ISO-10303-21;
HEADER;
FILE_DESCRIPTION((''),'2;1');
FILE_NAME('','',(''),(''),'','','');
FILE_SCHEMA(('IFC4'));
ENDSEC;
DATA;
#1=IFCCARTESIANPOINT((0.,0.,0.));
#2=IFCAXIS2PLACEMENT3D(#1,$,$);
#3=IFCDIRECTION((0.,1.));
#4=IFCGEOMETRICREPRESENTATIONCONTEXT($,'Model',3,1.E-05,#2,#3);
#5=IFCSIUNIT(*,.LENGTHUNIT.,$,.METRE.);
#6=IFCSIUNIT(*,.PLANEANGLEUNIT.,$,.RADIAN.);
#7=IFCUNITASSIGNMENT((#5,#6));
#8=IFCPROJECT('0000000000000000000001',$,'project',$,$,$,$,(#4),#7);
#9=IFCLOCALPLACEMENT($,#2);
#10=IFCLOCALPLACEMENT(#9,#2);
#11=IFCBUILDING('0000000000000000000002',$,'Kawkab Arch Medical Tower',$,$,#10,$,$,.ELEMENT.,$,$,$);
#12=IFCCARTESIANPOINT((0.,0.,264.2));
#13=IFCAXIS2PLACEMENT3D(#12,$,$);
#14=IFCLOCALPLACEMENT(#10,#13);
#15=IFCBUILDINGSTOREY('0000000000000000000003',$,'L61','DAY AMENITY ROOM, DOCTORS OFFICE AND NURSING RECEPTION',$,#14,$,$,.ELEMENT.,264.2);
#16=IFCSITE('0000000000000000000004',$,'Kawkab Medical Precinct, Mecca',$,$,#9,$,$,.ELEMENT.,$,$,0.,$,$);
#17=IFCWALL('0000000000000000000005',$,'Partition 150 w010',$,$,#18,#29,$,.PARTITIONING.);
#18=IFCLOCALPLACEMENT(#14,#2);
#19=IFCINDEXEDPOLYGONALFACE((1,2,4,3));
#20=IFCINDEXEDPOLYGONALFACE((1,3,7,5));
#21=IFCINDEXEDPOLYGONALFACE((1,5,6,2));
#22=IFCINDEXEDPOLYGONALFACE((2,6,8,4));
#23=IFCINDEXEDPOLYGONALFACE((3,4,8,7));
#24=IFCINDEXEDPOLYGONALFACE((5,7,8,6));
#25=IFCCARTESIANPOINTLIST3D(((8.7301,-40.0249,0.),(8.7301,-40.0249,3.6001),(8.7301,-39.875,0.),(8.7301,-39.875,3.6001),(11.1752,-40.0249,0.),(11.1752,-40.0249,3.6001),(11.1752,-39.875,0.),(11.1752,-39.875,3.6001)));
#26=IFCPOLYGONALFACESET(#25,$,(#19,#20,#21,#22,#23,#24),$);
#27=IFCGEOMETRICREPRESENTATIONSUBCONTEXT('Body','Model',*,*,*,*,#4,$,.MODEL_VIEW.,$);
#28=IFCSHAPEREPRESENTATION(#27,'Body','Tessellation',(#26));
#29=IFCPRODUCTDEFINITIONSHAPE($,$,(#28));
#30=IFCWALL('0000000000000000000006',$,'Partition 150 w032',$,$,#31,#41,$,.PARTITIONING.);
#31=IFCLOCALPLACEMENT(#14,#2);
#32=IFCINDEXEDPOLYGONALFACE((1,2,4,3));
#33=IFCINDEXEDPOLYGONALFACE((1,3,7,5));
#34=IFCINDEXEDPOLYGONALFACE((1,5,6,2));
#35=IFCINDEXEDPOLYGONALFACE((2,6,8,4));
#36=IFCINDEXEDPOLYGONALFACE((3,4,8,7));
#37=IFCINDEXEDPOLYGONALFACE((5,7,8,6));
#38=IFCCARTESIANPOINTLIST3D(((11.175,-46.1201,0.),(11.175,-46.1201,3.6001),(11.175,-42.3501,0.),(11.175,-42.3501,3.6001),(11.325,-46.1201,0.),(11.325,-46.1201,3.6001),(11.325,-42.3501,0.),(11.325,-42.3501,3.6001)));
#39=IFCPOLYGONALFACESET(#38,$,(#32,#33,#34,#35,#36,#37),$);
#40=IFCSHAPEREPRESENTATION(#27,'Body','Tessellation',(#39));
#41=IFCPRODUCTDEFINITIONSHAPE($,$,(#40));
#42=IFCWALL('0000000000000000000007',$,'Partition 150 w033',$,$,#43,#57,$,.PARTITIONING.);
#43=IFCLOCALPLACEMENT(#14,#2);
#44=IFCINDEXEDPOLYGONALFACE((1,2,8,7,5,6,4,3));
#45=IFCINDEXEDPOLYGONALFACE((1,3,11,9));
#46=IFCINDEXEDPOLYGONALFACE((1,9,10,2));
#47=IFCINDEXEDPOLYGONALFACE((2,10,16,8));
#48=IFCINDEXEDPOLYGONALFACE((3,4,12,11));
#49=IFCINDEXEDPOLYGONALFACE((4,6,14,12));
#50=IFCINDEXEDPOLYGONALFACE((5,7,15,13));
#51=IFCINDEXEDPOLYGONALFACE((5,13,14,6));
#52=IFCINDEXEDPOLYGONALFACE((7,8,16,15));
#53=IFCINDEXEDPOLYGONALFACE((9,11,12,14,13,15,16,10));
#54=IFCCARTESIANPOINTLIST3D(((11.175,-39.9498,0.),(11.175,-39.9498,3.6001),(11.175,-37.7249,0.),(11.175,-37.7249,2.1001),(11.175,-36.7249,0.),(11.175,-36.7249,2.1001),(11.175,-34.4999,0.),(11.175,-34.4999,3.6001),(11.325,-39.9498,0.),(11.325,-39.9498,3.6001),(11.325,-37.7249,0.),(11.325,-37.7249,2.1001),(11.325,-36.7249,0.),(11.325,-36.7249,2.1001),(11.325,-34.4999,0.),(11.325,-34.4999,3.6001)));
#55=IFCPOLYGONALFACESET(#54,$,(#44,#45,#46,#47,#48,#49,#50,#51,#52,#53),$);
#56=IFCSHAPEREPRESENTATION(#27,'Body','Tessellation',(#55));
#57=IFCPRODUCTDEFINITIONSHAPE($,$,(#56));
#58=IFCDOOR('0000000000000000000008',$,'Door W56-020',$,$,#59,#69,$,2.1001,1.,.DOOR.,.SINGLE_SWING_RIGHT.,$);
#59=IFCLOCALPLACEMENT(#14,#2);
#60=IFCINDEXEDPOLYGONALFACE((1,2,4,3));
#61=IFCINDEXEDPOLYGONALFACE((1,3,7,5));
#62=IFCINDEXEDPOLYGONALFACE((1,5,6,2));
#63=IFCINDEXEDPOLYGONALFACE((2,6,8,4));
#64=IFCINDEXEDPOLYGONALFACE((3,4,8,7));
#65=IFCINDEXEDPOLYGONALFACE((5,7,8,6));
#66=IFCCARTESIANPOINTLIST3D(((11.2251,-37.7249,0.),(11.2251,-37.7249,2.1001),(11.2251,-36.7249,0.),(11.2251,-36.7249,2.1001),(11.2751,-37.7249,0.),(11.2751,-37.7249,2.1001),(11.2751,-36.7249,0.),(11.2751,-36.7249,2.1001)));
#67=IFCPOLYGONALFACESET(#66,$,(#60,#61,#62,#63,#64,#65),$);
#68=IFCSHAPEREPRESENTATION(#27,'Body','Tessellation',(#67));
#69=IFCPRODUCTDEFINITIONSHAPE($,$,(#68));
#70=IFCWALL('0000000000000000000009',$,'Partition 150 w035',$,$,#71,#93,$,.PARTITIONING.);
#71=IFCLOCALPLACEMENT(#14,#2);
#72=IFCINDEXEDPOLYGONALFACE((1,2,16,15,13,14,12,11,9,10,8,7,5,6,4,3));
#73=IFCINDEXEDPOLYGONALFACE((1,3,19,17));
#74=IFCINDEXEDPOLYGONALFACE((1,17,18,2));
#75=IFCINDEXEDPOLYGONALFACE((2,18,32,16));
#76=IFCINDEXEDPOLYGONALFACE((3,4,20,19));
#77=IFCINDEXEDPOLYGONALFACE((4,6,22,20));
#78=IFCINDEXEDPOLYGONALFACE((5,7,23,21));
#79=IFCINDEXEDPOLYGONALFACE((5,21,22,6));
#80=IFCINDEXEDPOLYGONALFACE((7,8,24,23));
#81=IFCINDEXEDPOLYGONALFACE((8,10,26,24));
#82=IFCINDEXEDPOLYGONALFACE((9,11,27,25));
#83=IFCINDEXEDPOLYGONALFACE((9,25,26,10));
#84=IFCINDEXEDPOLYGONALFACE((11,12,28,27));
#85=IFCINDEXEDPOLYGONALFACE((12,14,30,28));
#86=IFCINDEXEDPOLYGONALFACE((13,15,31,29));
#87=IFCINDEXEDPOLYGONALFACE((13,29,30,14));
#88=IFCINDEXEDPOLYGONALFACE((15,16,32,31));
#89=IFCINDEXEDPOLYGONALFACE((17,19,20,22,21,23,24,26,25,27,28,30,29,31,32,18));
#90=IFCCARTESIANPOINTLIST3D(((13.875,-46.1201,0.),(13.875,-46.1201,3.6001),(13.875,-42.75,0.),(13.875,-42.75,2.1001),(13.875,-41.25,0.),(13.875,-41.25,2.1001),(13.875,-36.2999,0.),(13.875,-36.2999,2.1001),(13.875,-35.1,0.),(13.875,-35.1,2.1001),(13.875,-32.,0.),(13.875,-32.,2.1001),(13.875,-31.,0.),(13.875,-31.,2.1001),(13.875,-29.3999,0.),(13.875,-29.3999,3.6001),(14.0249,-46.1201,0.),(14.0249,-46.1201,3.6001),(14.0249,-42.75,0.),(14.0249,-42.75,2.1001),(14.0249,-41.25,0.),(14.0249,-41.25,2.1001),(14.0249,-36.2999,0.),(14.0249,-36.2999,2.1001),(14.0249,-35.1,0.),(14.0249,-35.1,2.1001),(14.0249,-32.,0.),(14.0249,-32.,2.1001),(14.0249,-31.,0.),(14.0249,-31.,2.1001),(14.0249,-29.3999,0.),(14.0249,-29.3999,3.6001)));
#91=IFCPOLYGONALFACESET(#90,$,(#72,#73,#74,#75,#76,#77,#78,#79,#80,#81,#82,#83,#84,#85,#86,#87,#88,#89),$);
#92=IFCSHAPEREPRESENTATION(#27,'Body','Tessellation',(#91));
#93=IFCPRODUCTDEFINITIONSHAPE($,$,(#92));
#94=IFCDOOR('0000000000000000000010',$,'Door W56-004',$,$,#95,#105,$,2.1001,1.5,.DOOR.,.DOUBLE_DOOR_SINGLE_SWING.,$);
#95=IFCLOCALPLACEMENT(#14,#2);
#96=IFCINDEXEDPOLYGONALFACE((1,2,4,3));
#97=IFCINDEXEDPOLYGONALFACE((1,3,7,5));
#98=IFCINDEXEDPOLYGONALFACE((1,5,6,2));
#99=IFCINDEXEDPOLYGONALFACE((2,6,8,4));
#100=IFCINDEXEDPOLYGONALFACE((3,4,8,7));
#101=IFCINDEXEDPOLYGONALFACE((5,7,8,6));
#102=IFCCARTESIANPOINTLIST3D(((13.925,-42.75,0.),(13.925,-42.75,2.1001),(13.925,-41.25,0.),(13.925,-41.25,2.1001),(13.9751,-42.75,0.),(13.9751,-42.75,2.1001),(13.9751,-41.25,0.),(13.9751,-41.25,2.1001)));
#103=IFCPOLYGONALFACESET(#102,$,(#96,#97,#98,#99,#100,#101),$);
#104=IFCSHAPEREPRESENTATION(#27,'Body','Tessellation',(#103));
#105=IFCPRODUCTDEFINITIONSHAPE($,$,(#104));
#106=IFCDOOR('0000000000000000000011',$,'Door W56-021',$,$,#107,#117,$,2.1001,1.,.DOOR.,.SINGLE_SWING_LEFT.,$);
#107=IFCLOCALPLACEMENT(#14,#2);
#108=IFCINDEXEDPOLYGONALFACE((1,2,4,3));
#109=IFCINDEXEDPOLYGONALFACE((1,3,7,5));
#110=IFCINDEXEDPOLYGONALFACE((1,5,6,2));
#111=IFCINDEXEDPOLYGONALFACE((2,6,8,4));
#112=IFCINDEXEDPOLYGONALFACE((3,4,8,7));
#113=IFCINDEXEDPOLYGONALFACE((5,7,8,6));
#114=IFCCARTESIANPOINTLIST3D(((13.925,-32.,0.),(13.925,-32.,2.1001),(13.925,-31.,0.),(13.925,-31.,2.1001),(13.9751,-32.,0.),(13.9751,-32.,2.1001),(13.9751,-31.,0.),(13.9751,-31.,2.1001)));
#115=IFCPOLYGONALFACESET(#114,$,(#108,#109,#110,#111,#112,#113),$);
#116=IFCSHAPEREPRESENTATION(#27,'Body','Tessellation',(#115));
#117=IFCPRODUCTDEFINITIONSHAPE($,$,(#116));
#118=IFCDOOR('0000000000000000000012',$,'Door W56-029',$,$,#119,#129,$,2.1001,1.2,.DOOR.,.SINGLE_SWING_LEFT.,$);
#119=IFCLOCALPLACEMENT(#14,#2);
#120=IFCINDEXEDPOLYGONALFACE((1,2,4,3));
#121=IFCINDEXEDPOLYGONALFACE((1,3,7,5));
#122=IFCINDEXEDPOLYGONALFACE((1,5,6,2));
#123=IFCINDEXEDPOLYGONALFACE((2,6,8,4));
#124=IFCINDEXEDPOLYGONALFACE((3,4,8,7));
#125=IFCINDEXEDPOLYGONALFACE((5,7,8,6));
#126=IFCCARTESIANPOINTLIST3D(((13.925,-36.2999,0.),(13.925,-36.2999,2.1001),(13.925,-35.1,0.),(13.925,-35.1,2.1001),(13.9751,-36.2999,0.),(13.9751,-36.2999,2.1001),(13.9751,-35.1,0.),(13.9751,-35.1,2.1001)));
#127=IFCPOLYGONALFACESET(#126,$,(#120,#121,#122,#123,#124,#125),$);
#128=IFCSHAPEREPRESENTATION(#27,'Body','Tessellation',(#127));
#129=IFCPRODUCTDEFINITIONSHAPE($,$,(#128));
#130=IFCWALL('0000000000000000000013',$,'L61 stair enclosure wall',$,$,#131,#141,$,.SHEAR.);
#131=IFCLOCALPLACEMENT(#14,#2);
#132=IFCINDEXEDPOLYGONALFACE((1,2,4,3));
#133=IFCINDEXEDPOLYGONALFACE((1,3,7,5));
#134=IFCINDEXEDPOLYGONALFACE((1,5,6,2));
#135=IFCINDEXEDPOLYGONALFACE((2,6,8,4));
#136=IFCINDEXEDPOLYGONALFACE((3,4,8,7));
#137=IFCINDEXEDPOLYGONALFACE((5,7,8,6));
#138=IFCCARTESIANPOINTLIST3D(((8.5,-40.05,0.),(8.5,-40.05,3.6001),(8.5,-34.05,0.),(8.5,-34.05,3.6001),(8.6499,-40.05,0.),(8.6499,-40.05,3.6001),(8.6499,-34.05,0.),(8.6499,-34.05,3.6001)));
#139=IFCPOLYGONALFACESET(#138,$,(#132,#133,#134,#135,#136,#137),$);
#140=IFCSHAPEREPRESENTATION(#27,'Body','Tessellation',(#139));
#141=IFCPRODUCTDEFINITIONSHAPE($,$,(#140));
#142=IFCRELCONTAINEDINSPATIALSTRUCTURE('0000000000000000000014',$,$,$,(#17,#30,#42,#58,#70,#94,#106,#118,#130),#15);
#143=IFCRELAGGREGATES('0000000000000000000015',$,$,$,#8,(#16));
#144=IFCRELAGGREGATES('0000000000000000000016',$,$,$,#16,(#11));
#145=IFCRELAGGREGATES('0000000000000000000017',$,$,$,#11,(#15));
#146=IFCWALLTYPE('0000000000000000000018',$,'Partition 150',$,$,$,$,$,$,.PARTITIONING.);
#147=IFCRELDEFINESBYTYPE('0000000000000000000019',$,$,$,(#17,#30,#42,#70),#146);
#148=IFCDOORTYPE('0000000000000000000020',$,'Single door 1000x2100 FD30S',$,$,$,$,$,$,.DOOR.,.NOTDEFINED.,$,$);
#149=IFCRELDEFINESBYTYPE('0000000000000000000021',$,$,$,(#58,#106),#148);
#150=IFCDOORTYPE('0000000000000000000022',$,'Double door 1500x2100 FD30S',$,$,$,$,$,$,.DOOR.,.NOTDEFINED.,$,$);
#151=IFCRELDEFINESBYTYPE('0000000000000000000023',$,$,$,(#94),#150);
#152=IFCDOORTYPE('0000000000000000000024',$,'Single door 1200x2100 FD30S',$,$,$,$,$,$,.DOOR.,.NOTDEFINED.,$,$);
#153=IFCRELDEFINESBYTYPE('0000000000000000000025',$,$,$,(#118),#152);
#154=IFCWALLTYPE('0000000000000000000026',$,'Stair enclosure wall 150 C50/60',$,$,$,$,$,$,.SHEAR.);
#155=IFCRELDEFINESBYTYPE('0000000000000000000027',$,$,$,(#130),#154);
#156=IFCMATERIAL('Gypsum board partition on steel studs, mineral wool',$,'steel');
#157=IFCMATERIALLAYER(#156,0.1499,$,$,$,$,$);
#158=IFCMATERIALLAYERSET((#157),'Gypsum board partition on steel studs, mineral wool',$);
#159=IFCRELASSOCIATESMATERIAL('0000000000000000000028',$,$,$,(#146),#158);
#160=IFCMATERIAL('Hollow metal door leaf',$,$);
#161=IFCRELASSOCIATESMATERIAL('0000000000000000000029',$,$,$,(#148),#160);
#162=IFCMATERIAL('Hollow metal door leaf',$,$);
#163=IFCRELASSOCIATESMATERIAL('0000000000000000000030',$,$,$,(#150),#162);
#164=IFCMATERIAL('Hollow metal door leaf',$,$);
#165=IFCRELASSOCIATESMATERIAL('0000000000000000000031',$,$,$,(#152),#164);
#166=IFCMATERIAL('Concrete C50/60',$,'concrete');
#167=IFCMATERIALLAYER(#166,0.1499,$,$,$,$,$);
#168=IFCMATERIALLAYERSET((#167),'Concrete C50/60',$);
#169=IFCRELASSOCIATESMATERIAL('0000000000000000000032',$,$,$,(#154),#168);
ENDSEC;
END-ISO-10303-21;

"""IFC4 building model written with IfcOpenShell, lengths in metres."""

from ifc_helpers import new_model, si_unit, direction, frame, frame_2d, origin, place, context, subcontext, project, spatial, rectangle, extrude, material, layer, layer_set, type_object, element, fill, save


model = new_model("IFC4")

# Units and contexts
model_context = context("Model", 3, precision=1e-05, world=origin(), true_north=direction((0.0, 1.0)))
body_context = subcontext(model_context, "Body", "Model", "MODEL_VIEW")
ifc_project = project(units=[si_unit("LENGTHUNIT", "METRE"), si_unit("PLANEANGLEUNIT", "RADIAN")], contexts=[model_context])

# Site, building, storey
site_placement = place(None, origin())
site = spatial("IfcSite", under=ifc_project, at=site_placement, Name="Kawkab Medical Precinct, Mecca", CompositionType="ELEMENT", RefElevation=0.0)
building_placement = place(site_placement, origin())
building = spatial("IfcBuilding", under=site, at=building_placement, Name="Kawkab Arch Medical Tower", CompositionType="ELEMENT")
storey_placement = place(building_placement, frame((0.0, 0.0, 264.2)))
storey = spatial("IfcBuildingStorey", under=building, at=storey_placement, Name="L61", Description="DAY AMENITY ROOM, DOCTORS OFFICE AND NURSING RECEPTION", CompositionType="ELEMENT", Elevation=264.2)

# Walls
ifc_material_1 = material(Name="Gypsum board partition on steel studs, mineral wool", Category="steel")
ifc_layer_1 = layer(ifc_material_1, 0.1499)
ifc_layer_set_1 = layer_set([ifc_layer_1], Name="Gypsum board partition on steel studs, mineral wool")
wall_type_1 = type_object("IfcWallType", Name="Partition 150", PredefinedType="PARTITIONING", material=ifc_layer_set_1)
wall_1_placement = place(storey_placement, frame((8.73, -39.95, 0.0), z_axis=(0.0, 0.0, 1.0), x_axis=(1.0, 0.0, 0.0)))
element("IfcWall", 1, at=wall_1_placement, inside=storey, type_object=wall_type_1, Name="Partition 150 w010", PredefinedType="PARTITIONING", context=body_context, shape_type="SweptSolid", body=[
    extrude(rectangle(XDim=2.4451, YDim=0.1499, at=frame_2d((1.2227, 0.0))), origin(), (0.0, 0.0, 1.0), 3.6001),
])
wall_2_placement = place(storey_placement, frame((11.25, -46.1201, 0.0), z_axis=(0.0, 0.0, 1.0), x_axis=(0.0, 1.0, 0.0)))
element("IfcWall", 2, at=wall_2_placement, inside=storey, type_object=wall_type_1, Name="Partition 150 w032", PredefinedType="PARTITIONING", context=body_context, shape_type="SweptSolid", body=[
    extrude(rectangle(XDim=3.77, YDim=0.1499, at=frame_2d((1.885, 0.0))), origin(), (0.0, 0.0, 1.0), 3.6001),
])

# Wall, opening, door
wall_3_placement = place(storey_placement, frame((11.25, -39.95, 0.0), z_axis=(0.0, 0.0, 1.0), x_axis=(0.0, 1.0, 0.0)))
wall_3 = element("IfcWall", 3, at=wall_3_placement, inside=storey, type_object=wall_type_1, Name="Partition 150 w033", PredefinedType="PARTITIONING", context=body_context, shape_type="SweptSolid", body=[
    extrude(rectangle(XDim=5.45, YDim=0.1499, at=frame_2d((2.7251, 0.0))), origin(), (0.0, 0.0, 1.0), 3.6001),
])
opening_1_placement = place(wall_3_placement, frame((2.2251, 0.0, 0.0)))
opening_1 = element("IfcOpeningElement", 4, at=opening_1_placement, cuts=wall_3, PredefinedType="OPENING", context=body_context, shape_type="SweptSolid", body=[
    extrude(rectangle(XDim=1.0, YDim=2.1001, at=frame_2d((0.5, 1.05))), frame((0.0, 0.085, 0.0), z_axis=(0.0, -1.0, 0.0), x_axis=(1.0, 0.0, 0.0)), (0.0, 0.0, 1.0), 0.1699),
])
ifc_material_2 = material(Name="Hollow metal door leaf")
door_type_1 = type_object("IfcDoorType", Name="Single door 1000x2100 FD30S", OperationType="NOTDEFINED", PredefinedType="DOOR", material=ifc_material_2)
door_1_placement = place(opening_1_placement, origin())
door_1 = element("IfcDoor", 5, at=door_1_placement, inside=storey, type_object=door_type_1, Name="Door W56-020", OperationType="SINGLE_SWING_RIGHT", OverallHeight=2.1001, OverallWidth=1.0, PredefinedType="DOOR", context=body_context, shape_type="SweptSolid", body=[
    extrude(rectangle(XDim=1.0, YDim=2.1001, at=frame_2d((0.5, 1.05))), frame((0.0, 0.0249, 0.0), z_axis=(0.0, -1.0, 0.0), x_axis=(1.0, 0.0, 0.0)), (0.0, 0.0, 1.0), 0.05),
])
fill(opening_1, door_1)

# Wall, openings, doors
wall_4_placement = place(storey_placement, frame((13.95, -46.1201, 0.0), z_axis=(0.0, 0.0, 1.0), x_axis=(0.0, 1.0, 0.0)))
wall_4 = element("IfcWall", 6, at=wall_4_placement, inside=storey, type_object=wall_type_1, Name="Partition 150 w035", PredefinedType="PARTITIONING", context=body_context, shape_type="SweptSolid", body=[
    extrude(rectangle(XDim=16.7202, YDim=0.1499, at=frame_2d((8.3601, 0.0))), origin(), (0.0, 0.0, 1.0), 3.6001),
])
opening_2_placement = place(wall_4_placement, frame((14.1201, 0.0, 0.0)))
opening_2 = element("IfcOpeningElement", 7, at=opening_2_placement, cuts=wall_4, PredefinedType="OPENING", context=body_context, shape_type="SweptSolid", body=[
    extrude(rectangle(XDim=1.0, YDim=2.1001, at=frame_2d((0.5, 1.05))), frame((0.0, 0.085, 0.0), z_axis=(0.0, -1.0, 0.0), x_axis=(1.0, 0.0, 0.0)), (0.0, 0.0, 1.0), 0.1699),
])
opening_3_placement = place(wall_4_placement, frame((9.8201, 0.0, 0.0)))
opening_3 = element("IfcOpeningElement", 8, at=opening_3_placement, cuts=wall_4, PredefinedType="OPENING", context=body_context, shape_type="SweptSolid", body=[
    extrude(rectangle(XDim=1.2, YDim=2.1001, at=frame_2d((0.6001, 1.05))), frame((0.0, 0.085, 0.0), z_axis=(0.0, -1.0, 0.0), x_axis=(1.0, 0.0, 0.0)), (0.0, 0.0, 1.0), 0.1699),
])
opening_4_placement = place(wall_4_placement, frame((3.3701, 0.0, 0.0)))
opening_4 = element("IfcOpeningElement", 9, at=opening_4_placement, cuts=wall_4, PredefinedType="OPENING", context=body_context, shape_type="SweptSolid", body=[
    extrude(rectangle(XDim=1.5, YDim=2.1001, at=frame_2d((0.75, 1.05))), frame((0.0, 0.085, 0.0), z_axis=(0.0, -1.0, 0.0), x_axis=(1.0, 0.0, 0.0)), (0.0, 0.0, 1.0), 0.1699),
])
ifc_material_3 = material(Name="Hollow metal door leaf")
door_type_2 = type_object("IfcDoorType", Name="Double door 1500x2100 FD30S", OperationType="NOTDEFINED", PredefinedType="DOOR", material=ifc_material_3)
door_2_placement = place(opening_4_placement, origin())
door_2 = element("IfcDoor", 10, at=door_2_placement, inside=storey, type_object=door_type_2, Name="Door W56-004", OperationType="DOUBLE_DOOR_SINGLE_SWING", OverallHeight=2.1001, OverallWidth=1.5, PredefinedType="DOOR", context=body_context, shape_type="SweptSolid", body=[
    extrude(rectangle(XDim=1.5, YDim=2.1001, at=frame_2d((0.75, 1.05))), frame((0.0, 0.0249, 0.0), z_axis=(0.0, -1.0, 0.0), x_axis=(1.0, 0.0, 0.0)), (0.0, 0.0, 1.0), 0.05),
])
fill(opening_4, door_2)
door_3_placement = place(opening_2_placement, origin())
door_3 = element("IfcDoor", 11, at=door_3_placement, inside=storey, type_object=door_type_1, Name="Door W56-021", OperationType="SINGLE_SWING_LEFT", OverallHeight=2.1001, OverallWidth=1.0, PredefinedType="DOOR", context=body_context, shape_type="SweptSolid", body=[
    extrude(rectangle(XDim=1.0, YDim=2.1001, at=frame_2d((0.5, 1.05))), frame((0.0, 0.0249, 0.0), z_axis=(0.0, -1.0, 0.0), x_axis=(1.0, 0.0, 0.0)), (0.0, 0.0, 1.0), 0.05),
])
fill(opening_2, door_3)
ifc_material_4 = material(Name="Hollow metal door leaf")
door_type_3 = type_object("IfcDoorType", Name="Single door 1200x2100 FD30S", OperationType="NOTDEFINED", PredefinedType="DOOR", material=ifc_material_4)
door_4_placement = place(opening_3_placement, origin())
door_4 = element("IfcDoor", 12, at=door_4_placement, inside=storey, type_object=door_type_3, Name="Door W56-029", OperationType="SINGLE_SWING_LEFT", OverallHeight=2.1001, OverallWidth=1.2, PredefinedType="DOOR", context=body_context, shape_type="SweptSolid", body=[
    extrude(rectangle(XDim=1.2, YDim=2.1001, at=frame_2d((0.6001, 1.05))), frame((0.0, 0.0249, 0.0), z_axis=(0.0, -1.0, 0.0), x_axis=(1.0, 0.0, 0.0)), (0.0, 0.0, 1.0), 0.05),
])
fill(opening_3, door_4)

# Wall
ifc_material_5 = material(Name="Concrete C50/60", Category="concrete")
ifc_layer_2 = layer(ifc_material_5, 0.1499)
ifc_layer_set_2 = layer_set([ifc_layer_2], Name="Concrete C50/60")
wall_type_2 = type_object("IfcWallType", Name="Stair enclosure wall 150 C50/60", PredefinedType="SHEAR", material=ifc_layer_set_2)
wall_5_placement = place(storey_placement, frame((8.575, -40.05, 0.0), z_axis=(0.0, 0.0, 1.0), x_axis=(0.0, 1.0, 0.0)))
element("IfcWall", 13, at=wall_5_placement, inside=storey, type_object=wall_type_2, Name="L61 stair enclosure wall", PredefinedType="SHEAR", context=body_context, shape_type="SweptSolid", body=[
    extrude(rectangle(XDim=6.0, YDim=0.1499, at=frame_2d((3.0, 0.0))), origin(), (0.0, 0.0, 1.0), 3.6001),
])

save(model, "model.ifc")
